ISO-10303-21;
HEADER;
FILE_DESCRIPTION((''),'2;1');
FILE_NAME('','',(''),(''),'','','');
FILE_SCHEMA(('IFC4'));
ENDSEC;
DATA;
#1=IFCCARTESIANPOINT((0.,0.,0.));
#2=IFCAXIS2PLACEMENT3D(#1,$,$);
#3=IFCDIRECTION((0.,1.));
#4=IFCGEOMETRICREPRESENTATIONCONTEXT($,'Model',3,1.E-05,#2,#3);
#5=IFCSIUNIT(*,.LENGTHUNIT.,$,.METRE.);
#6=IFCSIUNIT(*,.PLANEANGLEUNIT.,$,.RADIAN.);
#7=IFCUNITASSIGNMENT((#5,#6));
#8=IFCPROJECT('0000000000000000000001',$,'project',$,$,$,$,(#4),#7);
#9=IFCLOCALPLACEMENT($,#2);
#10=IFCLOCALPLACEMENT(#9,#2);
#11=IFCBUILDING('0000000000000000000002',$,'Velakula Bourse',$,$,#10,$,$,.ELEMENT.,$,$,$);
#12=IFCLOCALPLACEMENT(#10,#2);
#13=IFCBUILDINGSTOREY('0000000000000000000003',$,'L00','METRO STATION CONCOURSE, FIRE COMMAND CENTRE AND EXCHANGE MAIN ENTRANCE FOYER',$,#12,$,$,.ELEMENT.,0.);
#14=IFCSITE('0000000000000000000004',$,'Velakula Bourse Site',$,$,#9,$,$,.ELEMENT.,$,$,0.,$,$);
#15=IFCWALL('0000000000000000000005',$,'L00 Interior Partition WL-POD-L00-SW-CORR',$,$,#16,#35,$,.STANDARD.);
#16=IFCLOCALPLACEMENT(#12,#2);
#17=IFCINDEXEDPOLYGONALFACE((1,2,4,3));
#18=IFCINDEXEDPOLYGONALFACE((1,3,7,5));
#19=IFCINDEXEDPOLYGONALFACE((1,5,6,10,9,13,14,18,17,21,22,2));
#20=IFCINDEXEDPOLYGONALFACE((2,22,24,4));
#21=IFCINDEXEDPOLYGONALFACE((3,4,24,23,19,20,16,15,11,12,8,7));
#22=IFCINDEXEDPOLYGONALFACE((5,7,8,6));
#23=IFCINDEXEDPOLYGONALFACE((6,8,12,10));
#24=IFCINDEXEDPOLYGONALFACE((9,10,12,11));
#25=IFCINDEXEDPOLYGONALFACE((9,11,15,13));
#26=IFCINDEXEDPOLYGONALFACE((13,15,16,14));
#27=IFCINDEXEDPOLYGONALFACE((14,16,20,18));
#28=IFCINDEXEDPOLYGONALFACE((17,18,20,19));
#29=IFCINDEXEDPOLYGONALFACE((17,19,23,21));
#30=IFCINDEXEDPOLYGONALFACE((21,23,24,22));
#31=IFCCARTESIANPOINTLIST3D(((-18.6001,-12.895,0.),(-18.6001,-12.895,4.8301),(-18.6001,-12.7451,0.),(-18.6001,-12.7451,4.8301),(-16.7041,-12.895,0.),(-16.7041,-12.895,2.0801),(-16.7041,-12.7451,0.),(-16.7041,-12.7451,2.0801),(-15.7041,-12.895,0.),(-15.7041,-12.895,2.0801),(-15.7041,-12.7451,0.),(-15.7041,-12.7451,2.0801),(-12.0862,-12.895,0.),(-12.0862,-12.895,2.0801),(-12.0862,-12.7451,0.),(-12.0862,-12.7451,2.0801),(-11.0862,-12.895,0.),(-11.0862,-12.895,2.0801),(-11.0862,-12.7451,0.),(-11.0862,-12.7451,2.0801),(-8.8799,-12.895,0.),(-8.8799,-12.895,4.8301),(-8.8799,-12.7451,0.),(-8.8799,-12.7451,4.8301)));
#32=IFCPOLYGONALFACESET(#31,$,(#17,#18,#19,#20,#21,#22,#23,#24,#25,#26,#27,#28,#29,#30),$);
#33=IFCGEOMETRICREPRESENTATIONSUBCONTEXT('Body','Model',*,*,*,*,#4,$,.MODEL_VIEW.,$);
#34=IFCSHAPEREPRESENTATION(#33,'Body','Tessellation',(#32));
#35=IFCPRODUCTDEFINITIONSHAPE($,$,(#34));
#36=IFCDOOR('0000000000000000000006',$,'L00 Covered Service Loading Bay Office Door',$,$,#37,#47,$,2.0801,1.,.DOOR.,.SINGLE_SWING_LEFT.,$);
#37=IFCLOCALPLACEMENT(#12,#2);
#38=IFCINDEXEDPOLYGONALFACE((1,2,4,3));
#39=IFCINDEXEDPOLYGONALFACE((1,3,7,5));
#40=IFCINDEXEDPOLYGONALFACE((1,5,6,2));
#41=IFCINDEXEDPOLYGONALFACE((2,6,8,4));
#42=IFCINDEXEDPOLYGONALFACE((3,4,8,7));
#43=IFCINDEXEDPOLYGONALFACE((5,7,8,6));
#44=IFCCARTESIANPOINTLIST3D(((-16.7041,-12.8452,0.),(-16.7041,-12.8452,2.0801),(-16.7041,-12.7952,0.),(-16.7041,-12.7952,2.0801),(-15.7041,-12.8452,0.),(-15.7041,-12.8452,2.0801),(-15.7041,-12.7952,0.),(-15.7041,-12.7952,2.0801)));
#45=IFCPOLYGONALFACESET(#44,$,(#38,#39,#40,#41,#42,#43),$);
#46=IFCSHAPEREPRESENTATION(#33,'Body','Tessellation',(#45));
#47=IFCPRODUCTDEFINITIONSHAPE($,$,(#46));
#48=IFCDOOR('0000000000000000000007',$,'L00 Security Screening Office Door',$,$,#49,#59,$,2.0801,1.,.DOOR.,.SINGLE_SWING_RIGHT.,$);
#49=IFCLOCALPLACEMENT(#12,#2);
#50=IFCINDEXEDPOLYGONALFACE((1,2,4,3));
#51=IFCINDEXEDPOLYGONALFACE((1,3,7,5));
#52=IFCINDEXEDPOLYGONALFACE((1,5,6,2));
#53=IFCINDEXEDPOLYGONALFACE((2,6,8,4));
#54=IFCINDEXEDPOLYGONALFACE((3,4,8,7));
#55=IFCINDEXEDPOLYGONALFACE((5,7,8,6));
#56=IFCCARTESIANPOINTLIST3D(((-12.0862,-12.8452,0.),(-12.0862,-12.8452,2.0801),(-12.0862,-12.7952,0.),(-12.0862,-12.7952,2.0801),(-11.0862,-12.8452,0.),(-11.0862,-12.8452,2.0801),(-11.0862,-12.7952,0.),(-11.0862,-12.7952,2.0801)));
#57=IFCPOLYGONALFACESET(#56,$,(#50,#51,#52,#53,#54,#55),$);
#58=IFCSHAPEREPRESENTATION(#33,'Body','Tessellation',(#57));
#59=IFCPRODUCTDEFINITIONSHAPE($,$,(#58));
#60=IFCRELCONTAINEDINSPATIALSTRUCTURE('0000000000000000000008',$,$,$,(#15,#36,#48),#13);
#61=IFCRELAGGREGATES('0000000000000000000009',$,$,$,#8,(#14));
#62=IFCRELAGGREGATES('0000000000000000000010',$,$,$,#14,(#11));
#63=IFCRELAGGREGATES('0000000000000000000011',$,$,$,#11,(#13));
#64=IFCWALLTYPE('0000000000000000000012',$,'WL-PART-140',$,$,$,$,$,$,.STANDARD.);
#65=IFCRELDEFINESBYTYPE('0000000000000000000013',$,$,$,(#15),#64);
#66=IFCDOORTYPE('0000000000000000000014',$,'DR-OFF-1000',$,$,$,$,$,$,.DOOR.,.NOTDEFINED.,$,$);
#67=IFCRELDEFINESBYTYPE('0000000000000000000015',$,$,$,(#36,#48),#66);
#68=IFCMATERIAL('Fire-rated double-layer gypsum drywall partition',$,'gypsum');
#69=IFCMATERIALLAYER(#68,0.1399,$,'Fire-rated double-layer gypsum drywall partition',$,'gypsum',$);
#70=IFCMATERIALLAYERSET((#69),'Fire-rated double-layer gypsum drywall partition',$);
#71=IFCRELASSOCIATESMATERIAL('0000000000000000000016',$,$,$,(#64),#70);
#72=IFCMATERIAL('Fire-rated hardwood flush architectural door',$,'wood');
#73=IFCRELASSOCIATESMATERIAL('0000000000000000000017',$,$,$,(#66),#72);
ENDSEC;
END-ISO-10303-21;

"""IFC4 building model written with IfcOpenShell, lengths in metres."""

from ifc_helpers import new_model, si_unit, direction, frame, frame_2d, origin, place, context, subcontext, project, spatial, rectangle, extrude, material, layer, layer_set, type_object, element, fill, save


model = new_model("IFC4")

# Units and contexts
model_context = context("Model", 3, precision=1e-05, world=origin(), true_north=direction((0.0, 1.0)))
body_context = subcontext(model_context, "Body", "Model", "MODEL_VIEW")
ifc_project = project(units=[si_unit("LENGTHUNIT", "METRE"), si_unit("PLANEANGLEUNIT", "RADIAN")], contexts=[model_context])

# Site, building, storey
site_placement = place(None, origin())
site = spatial("IfcSite", under=ifc_project, at=site_placement, Name="Velakula Bourse Site", CompositionType="ELEMENT", RefElevation=0.0)
building_placement = place(site_placement, origin())
building = spatial("IfcBuilding", under=site, at=building_placement, Name="Velakula Bourse", CompositionType="ELEMENT")
storey_placement = place(building_placement, origin())
storey = spatial("IfcBuildingStorey", under=building, at=storey_placement, Name="L00", Description="METRO STATION CONCOURSE, FIRE COMMAND CENTRE AND EXCHANGE MAIN ENTRANCE FOYER", CompositionType="ELEMENT", Elevation=0.0)

# Wall, openings, doors
ifc_material_1 = material(Name="Fire-rated double-layer gypsum drywall partition", Category="gypsum")
ifc_layer_1 = layer(ifc_material_1, 0.1399, Name="Fire-rated double-layer gypsum drywall partition", Category="gypsum")
ifc_layer_set_1 = layer_set([ifc_layer_1], Name="Fire-rated double-layer gypsum drywall partition")
wall_type_1 = type_object("IfcWallType", Name="WL-PART-140", PredefinedType="STANDARD", material=ifc_layer_set_1)
wall_1_placement = place(storey_placement, frame((-18.6001, -12.8201, 0.0), z_axis=(0.0, 0.0, 1.0), x_axis=(1.0, 0.0, 0.0)))
wall_1 = element("IfcWall", 1, at=wall_1_placement, inside=storey, type_object=wall_type_1, Name="L00 Interior Partition WL-POD-L00-SW-CORR", PredefinedType="STANDARD", context=body_context, shape_type="SweptSolid", body=[
    extrude(rectangle(XDim=9.7202, YDim=0.1499, at=frame_2d((4.8601, 0.0))), origin(), (0.0, 0.0, 1.0), 4.8301),
])
opening_1_placement = place(wall_1_placement, frame((1.896, 0.0, 0.0)))
opening_1 = element("IfcOpeningElement", 2, at=opening_1_placement, cuts=wall_1, PredefinedType="OPENING", context=body_context, shape_type="SweptSolid", body=[
    extrude(rectangle(XDim=1.0, YDim=2.0801, at=frame_2d((0.5, 1.04))), frame((0.0, 0.085, 0.0), z_axis=(0.0, -1.0, 0.0), x_axis=(1.0, 0.0, 0.0)), (0.0, 0.0, 1.0), 0.1699),
])
opening_2_placement = place(wall_1_placement, frame((6.5139, 0.0, 0.0)))
opening_2 = element("IfcOpeningElement", 3, at=opening_2_placement, cuts=wall_1, PredefinedType="OPENING", context=body_context, shape_type="SweptSolid", body=[
    extrude(rectangle(XDim=1.0, YDim=2.0801, at=frame_2d((0.5, 1.04))), frame((0.0, 0.085, 0.0), z_axis=(0.0, -1.0, 0.0), x_axis=(1.0, 0.0, 0.0)), (0.0, 0.0, 1.0), 0.1699),
])
ifc_material_2 = material(Name="Fire-rated hardwood flush architectural door", Category="wood")
door_type = type_object("IfcDoorType", Name="DR-OFF-1000", OperationType="NOTDEFINED", PredefinedType="DOOR", material=ifc_material_2)
door_1_placement = place(opening_1_placement, origin())
door_1 = element("IfcDoor", 4, at=door_1_placement, inside=storey, type_object=door_type, Name="L00 Covered Service Loading Bay Office Door", OperationType="SINGLE_SWING_LEFT", OverallHeight=2.0801, OverallWidth=1.0, PredefinedType="DOOR", context=body_context, shape_type="SweptSolid", body=[
    extrude(rectangle(XDim=1.0, YDim=2.0801, at=frame_2d((0.5, 1.04))), frame((0.0, 0.0249, 0.0), z_axis=(0.0, -1.0, 0.0), x_axis=(1.0, 0.0, 0.0)), (0.0, 0.0, 1.0), 0.05),
])
fill(opening_1, door_1)
door_2_placement = place(opening_2_placement, origin())
door_2 = element("IfcDoor", 5, at=door_2_placement, inside=storey, type_object=door_type, Name="L00 Security Screening Office Door", OperationType="SINGLE_SWING_RIGHT", OverallHeight=2.0801, OverallWidth=1.0, PredefinedType="DOOR", context=body_context, shape_type="SweptSolid", body=[
    extrude(rectangle(XDim=1.0, YDim=2.0801, at=frame_2d((0.5, 1.04))), frame((0.0, 0.0249, 0.0), z_axis=(0.0, -1.0, 0.0), x_axis=(1.0, 0.0, 0.0)), (0.0, 0.0, 1.0), 0.05),
])
fill(opening_2, door_2)

save(model, "model.ifc")
